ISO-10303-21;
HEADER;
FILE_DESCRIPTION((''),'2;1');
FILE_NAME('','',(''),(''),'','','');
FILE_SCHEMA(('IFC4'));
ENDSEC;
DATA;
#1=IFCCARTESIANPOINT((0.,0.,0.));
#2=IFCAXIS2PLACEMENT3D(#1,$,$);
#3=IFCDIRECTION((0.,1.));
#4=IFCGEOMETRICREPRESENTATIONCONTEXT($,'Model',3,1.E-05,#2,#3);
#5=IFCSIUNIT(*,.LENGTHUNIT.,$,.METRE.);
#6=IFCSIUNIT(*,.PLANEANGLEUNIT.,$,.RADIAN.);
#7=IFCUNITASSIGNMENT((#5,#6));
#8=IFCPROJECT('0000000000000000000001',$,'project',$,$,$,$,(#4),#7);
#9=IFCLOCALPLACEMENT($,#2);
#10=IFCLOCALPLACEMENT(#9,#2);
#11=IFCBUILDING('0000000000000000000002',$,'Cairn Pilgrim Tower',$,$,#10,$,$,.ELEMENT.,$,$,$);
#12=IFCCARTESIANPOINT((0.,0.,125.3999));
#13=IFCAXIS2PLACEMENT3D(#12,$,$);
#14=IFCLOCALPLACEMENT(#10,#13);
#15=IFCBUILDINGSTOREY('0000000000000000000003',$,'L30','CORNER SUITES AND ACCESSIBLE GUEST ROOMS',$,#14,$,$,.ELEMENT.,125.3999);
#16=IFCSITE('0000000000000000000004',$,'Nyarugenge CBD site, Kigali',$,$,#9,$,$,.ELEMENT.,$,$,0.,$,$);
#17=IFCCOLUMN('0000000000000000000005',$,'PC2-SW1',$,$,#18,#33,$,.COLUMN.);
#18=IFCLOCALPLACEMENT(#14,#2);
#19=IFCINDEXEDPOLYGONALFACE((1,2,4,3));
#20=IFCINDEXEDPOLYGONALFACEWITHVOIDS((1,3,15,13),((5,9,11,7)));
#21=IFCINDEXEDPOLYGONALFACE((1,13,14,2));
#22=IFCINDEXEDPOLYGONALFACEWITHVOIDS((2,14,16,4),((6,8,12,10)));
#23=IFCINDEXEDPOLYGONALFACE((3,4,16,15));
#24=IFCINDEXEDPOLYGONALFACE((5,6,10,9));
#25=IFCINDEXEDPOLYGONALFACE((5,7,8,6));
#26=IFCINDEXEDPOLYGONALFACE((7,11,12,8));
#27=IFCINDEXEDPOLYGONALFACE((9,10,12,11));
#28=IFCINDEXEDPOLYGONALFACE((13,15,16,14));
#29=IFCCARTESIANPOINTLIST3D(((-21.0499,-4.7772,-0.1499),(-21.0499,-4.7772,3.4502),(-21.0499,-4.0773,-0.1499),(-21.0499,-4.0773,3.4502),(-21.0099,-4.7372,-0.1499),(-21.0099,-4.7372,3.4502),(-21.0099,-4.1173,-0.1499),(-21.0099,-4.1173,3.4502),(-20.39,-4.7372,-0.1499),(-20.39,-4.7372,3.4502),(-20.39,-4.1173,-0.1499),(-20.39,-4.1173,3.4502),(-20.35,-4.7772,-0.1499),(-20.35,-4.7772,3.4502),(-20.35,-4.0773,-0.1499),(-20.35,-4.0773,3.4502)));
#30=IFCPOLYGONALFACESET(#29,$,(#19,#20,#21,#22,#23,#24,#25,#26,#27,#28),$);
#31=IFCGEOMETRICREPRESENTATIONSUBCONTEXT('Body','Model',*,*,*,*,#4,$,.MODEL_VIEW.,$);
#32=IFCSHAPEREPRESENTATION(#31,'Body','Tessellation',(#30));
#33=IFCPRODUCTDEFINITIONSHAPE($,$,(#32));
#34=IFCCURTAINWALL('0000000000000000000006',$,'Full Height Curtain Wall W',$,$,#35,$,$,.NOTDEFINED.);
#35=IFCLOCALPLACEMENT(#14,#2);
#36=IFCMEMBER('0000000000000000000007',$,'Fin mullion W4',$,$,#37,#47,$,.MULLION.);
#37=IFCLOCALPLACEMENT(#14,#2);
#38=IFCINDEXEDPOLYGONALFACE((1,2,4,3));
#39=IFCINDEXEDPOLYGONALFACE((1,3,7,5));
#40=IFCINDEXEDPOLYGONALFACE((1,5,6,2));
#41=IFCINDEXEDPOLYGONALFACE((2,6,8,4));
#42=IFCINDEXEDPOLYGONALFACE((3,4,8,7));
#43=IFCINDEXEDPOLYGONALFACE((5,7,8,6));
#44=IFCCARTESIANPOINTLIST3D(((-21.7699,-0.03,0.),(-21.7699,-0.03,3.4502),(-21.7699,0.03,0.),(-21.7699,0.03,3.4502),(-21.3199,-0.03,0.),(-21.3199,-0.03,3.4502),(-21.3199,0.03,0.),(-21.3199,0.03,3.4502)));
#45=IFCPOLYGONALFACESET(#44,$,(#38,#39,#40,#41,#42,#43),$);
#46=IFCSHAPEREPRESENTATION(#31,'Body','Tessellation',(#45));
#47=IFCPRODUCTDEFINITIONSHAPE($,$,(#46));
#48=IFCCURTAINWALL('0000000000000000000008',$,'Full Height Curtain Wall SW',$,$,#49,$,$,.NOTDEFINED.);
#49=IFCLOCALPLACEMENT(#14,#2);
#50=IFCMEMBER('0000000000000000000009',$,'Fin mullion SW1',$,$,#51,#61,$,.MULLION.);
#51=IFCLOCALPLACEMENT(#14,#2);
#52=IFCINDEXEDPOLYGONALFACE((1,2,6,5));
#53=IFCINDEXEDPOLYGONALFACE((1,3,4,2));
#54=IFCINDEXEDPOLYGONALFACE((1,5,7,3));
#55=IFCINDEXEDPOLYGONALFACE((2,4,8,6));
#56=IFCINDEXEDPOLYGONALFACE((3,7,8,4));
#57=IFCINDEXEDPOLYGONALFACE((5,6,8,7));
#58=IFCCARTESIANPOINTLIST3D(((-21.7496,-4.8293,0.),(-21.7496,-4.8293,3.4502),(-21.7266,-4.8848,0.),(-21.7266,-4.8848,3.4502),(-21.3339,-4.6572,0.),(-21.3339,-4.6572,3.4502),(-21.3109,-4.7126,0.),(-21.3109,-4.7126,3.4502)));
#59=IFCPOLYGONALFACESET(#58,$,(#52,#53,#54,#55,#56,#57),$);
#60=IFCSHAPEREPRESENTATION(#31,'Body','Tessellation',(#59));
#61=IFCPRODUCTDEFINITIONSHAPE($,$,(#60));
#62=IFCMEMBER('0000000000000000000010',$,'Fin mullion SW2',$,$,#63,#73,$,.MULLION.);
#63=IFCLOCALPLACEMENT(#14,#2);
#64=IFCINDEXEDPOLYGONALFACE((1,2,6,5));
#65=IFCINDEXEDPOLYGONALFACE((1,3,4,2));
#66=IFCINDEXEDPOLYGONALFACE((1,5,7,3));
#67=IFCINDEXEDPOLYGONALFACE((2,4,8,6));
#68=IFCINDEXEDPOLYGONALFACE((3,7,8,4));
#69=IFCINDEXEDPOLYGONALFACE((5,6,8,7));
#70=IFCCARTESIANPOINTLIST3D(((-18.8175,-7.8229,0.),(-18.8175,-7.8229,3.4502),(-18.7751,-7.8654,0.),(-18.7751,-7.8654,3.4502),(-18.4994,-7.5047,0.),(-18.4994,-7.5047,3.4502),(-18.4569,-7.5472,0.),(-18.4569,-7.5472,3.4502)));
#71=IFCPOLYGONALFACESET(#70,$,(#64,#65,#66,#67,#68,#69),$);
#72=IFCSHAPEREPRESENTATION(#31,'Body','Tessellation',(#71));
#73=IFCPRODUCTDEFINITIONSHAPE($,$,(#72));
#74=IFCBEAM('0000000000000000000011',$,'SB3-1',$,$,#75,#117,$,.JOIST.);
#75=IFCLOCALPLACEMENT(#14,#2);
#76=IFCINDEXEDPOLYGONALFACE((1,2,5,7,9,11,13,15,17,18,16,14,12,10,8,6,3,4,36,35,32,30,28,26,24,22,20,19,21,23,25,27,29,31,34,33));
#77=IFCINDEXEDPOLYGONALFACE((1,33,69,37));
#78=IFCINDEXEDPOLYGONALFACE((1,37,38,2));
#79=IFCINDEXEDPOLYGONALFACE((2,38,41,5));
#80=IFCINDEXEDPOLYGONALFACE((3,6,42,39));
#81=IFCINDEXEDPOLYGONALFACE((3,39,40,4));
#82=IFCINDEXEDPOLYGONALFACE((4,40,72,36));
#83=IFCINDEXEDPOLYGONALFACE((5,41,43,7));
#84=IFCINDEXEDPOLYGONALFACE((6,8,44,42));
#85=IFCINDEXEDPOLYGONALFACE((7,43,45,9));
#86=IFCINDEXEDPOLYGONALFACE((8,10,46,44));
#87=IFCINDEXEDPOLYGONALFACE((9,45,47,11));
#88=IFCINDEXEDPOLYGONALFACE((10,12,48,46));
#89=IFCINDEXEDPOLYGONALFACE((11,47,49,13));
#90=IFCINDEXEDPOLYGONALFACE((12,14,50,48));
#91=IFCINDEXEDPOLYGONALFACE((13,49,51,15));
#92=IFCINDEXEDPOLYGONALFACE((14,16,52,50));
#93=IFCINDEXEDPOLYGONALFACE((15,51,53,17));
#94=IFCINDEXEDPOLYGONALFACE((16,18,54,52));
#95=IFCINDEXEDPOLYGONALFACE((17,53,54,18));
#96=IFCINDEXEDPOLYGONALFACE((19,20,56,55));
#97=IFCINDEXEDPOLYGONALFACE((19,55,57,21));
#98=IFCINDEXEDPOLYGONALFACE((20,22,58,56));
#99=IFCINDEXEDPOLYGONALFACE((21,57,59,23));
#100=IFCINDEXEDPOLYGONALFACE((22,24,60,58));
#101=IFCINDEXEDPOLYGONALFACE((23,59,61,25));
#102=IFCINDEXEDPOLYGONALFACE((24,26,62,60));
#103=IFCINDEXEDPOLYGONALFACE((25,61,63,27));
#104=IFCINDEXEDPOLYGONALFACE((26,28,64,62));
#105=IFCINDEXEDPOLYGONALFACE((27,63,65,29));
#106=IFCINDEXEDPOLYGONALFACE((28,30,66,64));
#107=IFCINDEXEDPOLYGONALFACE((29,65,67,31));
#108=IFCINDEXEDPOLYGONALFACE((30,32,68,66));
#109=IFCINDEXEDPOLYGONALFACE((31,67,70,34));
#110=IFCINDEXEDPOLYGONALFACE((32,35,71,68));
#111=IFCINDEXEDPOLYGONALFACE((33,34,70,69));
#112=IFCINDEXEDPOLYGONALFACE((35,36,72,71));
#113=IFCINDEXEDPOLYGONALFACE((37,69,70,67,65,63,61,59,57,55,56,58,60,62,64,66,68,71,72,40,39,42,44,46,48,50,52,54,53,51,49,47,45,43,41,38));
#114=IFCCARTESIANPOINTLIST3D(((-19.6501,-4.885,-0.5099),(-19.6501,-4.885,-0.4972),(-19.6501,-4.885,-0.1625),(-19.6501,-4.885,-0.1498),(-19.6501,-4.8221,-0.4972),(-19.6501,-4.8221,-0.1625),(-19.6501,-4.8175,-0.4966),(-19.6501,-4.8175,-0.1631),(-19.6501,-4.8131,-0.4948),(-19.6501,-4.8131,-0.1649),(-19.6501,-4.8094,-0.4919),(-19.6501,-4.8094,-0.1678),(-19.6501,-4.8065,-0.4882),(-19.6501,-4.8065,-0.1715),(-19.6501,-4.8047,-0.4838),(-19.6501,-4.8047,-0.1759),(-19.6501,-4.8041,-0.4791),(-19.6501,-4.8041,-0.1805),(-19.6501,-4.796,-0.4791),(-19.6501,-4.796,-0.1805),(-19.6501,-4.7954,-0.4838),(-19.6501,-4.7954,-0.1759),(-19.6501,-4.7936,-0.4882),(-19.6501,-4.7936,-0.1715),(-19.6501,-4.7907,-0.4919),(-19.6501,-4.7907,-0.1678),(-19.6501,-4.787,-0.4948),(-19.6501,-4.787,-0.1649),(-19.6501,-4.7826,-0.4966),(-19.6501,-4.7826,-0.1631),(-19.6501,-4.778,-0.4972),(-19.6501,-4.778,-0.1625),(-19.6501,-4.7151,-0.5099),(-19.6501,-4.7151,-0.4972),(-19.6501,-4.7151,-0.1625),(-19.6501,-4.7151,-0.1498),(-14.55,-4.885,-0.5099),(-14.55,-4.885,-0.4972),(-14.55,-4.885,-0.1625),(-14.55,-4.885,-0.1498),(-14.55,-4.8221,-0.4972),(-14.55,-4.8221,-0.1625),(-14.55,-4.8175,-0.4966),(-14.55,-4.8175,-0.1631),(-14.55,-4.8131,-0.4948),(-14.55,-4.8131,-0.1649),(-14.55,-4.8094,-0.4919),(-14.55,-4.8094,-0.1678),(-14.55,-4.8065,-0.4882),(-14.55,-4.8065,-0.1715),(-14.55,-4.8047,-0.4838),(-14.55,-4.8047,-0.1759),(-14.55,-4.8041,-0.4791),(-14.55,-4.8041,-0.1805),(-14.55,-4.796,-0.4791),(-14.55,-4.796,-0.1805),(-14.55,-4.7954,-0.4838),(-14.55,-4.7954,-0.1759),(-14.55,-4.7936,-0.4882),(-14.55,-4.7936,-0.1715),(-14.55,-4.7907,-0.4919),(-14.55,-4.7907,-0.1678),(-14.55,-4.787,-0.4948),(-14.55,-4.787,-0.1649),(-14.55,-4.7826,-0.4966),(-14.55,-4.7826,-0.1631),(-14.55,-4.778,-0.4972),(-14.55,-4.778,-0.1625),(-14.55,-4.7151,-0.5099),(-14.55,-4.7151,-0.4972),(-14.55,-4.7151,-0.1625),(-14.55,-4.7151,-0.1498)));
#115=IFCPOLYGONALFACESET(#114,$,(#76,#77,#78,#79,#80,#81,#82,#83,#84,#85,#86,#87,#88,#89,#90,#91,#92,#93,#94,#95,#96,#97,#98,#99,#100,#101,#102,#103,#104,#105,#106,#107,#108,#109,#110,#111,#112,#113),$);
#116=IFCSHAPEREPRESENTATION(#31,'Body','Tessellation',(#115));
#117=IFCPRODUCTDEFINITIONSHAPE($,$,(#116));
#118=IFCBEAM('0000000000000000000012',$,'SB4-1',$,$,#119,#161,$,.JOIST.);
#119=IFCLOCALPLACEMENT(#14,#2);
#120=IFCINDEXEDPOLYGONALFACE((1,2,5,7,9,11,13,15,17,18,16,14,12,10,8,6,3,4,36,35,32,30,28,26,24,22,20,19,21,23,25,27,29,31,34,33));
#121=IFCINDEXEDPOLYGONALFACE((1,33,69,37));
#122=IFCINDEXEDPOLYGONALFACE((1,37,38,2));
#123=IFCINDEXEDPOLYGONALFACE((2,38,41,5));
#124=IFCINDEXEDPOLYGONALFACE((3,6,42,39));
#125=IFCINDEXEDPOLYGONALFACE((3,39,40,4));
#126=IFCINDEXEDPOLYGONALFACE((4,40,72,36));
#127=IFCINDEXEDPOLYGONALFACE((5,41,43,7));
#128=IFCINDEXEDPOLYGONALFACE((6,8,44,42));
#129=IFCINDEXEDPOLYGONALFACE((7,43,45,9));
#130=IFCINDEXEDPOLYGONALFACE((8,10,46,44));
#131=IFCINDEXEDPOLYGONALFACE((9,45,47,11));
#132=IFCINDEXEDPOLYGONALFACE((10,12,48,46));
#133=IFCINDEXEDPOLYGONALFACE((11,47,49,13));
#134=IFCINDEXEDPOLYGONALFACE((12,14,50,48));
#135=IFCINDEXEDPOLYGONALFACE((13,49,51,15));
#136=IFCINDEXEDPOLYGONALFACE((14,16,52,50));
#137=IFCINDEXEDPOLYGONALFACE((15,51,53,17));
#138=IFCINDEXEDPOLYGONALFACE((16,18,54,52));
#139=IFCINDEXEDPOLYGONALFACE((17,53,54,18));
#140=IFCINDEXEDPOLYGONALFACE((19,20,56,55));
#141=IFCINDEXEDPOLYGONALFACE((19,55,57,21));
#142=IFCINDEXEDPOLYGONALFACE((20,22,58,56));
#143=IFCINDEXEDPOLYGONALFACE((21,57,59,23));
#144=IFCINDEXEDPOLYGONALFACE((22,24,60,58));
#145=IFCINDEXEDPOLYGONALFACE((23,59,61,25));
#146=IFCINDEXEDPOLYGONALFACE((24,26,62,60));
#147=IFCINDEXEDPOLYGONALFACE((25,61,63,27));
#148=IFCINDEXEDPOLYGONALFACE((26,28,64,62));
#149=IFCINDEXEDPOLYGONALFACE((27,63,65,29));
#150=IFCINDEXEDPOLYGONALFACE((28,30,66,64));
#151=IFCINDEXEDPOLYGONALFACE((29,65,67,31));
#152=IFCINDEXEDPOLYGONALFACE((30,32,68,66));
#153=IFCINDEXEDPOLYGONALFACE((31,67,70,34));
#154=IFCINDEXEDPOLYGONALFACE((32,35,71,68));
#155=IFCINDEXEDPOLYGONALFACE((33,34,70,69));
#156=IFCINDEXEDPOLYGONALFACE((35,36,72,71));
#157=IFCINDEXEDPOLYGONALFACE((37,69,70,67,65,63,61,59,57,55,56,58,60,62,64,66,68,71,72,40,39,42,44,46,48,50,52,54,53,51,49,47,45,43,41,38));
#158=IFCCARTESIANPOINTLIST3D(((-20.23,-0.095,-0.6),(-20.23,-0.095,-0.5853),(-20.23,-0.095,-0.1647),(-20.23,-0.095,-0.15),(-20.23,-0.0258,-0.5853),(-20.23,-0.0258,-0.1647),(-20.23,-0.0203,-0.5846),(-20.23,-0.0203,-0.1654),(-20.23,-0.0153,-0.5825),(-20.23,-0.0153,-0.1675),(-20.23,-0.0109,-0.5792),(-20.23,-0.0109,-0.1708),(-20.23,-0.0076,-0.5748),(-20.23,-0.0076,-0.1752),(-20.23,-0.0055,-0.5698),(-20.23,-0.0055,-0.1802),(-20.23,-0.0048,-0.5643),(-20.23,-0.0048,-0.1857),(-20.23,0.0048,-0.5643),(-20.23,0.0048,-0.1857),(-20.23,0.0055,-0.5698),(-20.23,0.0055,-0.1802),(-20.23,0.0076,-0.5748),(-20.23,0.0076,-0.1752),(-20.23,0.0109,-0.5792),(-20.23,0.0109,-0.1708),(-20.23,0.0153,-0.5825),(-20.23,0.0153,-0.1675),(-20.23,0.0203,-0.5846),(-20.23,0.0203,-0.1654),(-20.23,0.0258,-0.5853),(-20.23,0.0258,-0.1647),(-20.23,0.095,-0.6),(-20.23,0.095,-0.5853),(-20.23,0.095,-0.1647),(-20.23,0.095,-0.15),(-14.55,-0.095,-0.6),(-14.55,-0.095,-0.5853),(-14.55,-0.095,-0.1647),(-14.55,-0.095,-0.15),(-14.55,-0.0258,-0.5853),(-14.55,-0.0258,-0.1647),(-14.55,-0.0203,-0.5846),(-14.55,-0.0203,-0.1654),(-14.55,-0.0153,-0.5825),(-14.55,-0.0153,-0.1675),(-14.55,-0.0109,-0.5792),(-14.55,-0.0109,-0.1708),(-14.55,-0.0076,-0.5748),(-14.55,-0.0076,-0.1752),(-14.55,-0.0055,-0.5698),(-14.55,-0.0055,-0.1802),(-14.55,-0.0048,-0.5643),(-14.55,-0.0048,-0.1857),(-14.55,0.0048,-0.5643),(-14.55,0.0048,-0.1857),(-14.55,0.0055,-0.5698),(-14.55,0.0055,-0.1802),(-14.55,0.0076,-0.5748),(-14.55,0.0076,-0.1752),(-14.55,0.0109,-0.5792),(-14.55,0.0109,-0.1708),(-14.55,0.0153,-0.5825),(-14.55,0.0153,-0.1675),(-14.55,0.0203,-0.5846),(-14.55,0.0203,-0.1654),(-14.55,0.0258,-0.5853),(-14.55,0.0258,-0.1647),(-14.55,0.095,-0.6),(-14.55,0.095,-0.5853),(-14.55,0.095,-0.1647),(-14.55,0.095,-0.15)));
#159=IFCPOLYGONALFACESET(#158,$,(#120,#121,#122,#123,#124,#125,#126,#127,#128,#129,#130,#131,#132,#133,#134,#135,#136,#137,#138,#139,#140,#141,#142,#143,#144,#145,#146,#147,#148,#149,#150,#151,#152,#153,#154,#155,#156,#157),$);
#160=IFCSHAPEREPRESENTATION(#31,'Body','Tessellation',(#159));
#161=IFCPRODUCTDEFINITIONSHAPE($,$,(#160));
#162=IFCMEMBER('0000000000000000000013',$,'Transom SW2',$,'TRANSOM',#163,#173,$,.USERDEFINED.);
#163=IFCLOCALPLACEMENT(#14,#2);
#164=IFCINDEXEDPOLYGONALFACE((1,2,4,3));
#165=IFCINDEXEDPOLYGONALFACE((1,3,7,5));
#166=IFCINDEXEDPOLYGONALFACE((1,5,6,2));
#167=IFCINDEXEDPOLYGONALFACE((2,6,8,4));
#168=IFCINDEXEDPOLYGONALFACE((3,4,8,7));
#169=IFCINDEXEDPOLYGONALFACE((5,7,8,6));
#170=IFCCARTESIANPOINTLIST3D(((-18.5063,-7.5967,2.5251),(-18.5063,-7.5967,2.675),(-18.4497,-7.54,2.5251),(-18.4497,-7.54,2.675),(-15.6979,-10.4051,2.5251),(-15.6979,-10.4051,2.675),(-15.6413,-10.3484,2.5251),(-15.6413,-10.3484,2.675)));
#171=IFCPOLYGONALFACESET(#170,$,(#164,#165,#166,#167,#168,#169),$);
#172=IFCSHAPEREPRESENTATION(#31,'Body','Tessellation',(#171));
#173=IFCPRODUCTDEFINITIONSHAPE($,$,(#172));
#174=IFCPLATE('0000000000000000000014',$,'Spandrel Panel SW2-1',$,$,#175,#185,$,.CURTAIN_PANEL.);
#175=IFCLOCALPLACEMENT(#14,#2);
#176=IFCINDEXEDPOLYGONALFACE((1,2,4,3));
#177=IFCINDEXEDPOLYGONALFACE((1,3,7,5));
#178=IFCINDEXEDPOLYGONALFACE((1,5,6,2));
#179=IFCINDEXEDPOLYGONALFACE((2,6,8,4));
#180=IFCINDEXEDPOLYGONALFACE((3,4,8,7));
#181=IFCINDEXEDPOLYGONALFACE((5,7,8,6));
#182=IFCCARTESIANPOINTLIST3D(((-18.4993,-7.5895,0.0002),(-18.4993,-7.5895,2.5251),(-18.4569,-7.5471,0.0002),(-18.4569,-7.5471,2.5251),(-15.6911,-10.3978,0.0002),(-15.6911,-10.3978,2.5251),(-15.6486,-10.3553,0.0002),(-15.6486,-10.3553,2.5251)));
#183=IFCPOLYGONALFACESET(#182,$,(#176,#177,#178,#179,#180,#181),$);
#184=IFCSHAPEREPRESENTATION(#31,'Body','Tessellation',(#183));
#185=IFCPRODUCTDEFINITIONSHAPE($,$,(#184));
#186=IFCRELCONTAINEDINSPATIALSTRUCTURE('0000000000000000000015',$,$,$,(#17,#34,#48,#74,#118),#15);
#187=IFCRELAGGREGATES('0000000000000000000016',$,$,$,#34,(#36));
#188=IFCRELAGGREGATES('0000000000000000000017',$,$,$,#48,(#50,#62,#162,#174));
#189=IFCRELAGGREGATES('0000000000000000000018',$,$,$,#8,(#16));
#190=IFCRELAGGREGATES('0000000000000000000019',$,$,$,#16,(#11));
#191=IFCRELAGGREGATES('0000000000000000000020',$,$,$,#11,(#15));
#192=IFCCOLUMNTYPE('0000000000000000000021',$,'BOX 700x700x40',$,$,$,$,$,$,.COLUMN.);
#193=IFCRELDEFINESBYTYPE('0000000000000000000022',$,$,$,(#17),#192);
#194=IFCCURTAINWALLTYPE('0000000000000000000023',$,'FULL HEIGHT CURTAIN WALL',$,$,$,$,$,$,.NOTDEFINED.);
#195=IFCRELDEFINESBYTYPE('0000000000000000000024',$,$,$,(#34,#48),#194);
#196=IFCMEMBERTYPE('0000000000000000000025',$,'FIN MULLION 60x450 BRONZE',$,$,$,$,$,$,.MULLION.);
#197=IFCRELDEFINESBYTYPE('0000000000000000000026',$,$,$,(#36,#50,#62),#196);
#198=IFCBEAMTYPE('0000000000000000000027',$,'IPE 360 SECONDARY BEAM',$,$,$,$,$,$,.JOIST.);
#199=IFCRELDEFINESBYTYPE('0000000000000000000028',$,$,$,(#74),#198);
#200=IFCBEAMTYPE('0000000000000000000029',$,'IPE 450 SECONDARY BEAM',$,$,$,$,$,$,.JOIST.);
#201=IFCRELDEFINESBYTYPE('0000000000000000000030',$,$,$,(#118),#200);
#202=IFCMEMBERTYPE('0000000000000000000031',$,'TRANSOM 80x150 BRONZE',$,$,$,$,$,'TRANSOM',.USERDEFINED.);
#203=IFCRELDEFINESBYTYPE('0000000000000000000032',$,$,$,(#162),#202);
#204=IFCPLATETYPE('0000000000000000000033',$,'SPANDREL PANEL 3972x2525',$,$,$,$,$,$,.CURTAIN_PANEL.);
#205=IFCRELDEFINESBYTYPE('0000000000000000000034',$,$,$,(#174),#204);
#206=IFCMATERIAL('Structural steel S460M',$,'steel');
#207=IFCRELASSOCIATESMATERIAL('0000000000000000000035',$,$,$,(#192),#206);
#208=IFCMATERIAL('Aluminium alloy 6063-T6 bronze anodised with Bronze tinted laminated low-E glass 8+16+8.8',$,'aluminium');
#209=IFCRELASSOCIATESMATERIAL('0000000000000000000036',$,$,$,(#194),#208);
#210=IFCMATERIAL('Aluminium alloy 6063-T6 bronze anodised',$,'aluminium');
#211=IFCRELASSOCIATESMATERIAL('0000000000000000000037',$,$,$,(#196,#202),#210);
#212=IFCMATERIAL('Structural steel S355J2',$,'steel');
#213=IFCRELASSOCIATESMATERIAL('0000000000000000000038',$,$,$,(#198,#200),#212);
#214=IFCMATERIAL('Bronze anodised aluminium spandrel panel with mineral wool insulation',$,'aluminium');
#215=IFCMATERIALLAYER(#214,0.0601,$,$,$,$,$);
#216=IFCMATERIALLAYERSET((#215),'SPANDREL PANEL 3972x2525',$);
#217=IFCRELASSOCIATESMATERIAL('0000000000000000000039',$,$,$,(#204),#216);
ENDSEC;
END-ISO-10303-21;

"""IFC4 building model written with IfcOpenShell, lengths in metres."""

from ifc_helpers import new_model, si_unit, direction, frame, origin, origin_2d, place, context, subcontext, project, spatial, rectangle, hollow_rectangle, i_section, extrude, material, layer, layer_set, material_profile, profile_set, type_object, element, aggregate, save


model = new_model("IFC4")

# Units and contexts
model_context = context("Model", 3, precision=1e-05, world=origin(), true_north=direction((0.0, 1.0)))
body_context = subcontext(model_context, "Body", "Model", "MODEL_VIEW")
ifc_project = project(units=[si_unit("LENGTHUNIT", "METRE"), si_unit("PLANEANGLEUNIT", "RADIAN")], contexts=[model_context])

# Site, building, storey
site_placement = place(None, origin())
site = spatial("IfcSite", under=ifc_project, at=site_placement, Name="Nyarugenge CBD site, Kigali", CompositionType="ELEMENT", RefElevation=0.0)
building_placement = place(site_placement, origin())
building = spatial("IfcBuilding", under=site, at=building_placement, Name="Cairn Pilgrim Tower", CompositionType="ELEMENT")
storey_placement = place(building_placement, frame((0.0, 0.0, 125.3999)))
storey = spatial("IfcBuildingStorey", under=building, at=storey_placement, Name="L30", Description="CORNER SUITES AND ACCESSIBLE GUEST ROOMS", CompositionType="ELEMENT", Elevation=125.3999)

# Column
ifc_material_1 = material(Name="Structural steel S460M", Category="steel")
ifc_material_profile_1 = material_profile(ifc_material_1, hollow_rectangle(XDim=0.7, YDim=0.7, WallThickness=0.04, at=origin_2d()), Name="BOX 700x700x40")
ifc_profile_set_1 = profile_set([ifc_material_profile_1], Name="Structural steel S460M")
column_type = type_object("IfcColumnType", Name="BOX 700x700x40", PredefinedType="COLUMN", material=ifc_profile_set_1)
column_placement = place(storey_placement, frame((-20.7, -4.4272, -0.1499), z_axis=(0.0, 0.0, 1.0), x_axis=(1.0, 0.0, 0.0)))
element("IfcColumn", 1, at=column_placement, inside=storey, type_object=column_type, Name="PC2-SW1", PredefinedType="COLUMN", context=body_context, shape_type="SweptSolid", body=[
    extrude(hollow_rectangle(XDim=0.7, YDim=0.7, WallThickness=0.04, at=origin_2d()), origin(), (0.0, 0.0, 1.0), 3.6001),
])

# Curtain wall, member
ifc_material_2 = material(Name="Aluminium alloy 6063-T6 bronze anodised with Bronze tinted laminated low-E glass 8+16+8.8", Category="aluminium")
curtain_wall_type = type_object("IfcCurtainWallType", Name="FULL HEIGHT CURTAIN WALL", PredefinedType="NOTDEFINED", material=ifc_material_2)
curtain_wall_1_placement = place(storey_placement, origin())
curtain_wall_1 = element("IfcCurtainWall", 2, at=curtain_wall_1_placement, inside=storey, type_object=curtain_wall_type, Name="Full Height Curtain Wall W", PredefinedType="NOTDEFINED")
ifc_material_3 = material(Name="Aluminium alloy 6063-T6 bronze anodised", Category="aluminium")
ifc_material_profile_2 = material_profile(ifc_material_3, rectangle(XDim=0.45, YDim=0.0601, at=origin_2d()), Name="FIN MULLION 60x450 BRONZE")
ifc_profile_set_2 = profile_set([ifc_material_profile_2], Name="Aluminium alloy 6063-T6 bronze anodised")
member_type_1 = type_object("IfcMemberType", Name="FIN MULLION 60x450 BRONZE", PredefinedType="MULLION", material=ifc_profile_set_2)
member_1_placement = place(storey_placement, frame((-21.5449, 0.0, 0.0), z_axis=(0.0, 0.0, 1.0), x_axis=(-1.0, 0.0, 0.0)))
member_1 = element("IfcMember", 3, at=member_1_placement, type_object=member_type_1, Name="Fin mullion W4", PredefinedType="MULLION", context=body_context, shape_type="SweptSolid", body=[
    extrude(rectangle(XDim=0.45, YDim=0.0601, at=origin_2d()), origin(), (0.0, 0.0, 1.0), 3.4502),
])
aggregate(curtain_wall_1, [member_1])

# Curtain wall, members
curtain_wall_2_placement = place(storey_placement, origin())
curtain_wall_2 = element("IfcCurtainWall", 4, at=curtain_wall_2_placement, inside=storey, type_object=curtain_wall_type, Name="Full Height Curtain Wall SW", PredefinedType="NOTDEFINED")
member_2_placement = place(storey_placement, frame((-21.5303, -4.771, 0.0), z_axis=(0.0, 0.0, 1.0), x_axis=(-0.92388, -0.382683, 0.0)))
member_2 = element("IfcMember", 5, at=member_2_placement, type_object=member_type_1, Name="Fin mullion SW1", PredefinedType="MULLION", context=body_context, shape_type="SweptSolid", body=[
    extrude(rectangle(XDim=0.45, YDim=0.0601, at=origin_2d()), origin(), (0.0, 0.0, 1.0), 3.4502),
])
member_3_placement = place(storey_placement, frame((-18.6372, -7.6851, 0.0), z_axis=(0.0, 0.0, 1.0), x_axis=(-0.707107, -0.707107, 0.0)))
member_3 = element("IfcMember", 6, at=member_3_placement, type_object=member_type_1, Name="Fin mullion SW2", PredefinedType="MULLION", context=body_context, shape_type="SweptSolid", body=[
    extrude(rectangle(XDim=0.45, YDim=0.0601, at=origin_2d()), origin(), (0.0, 0.0, 1.0), 3.4502),
])

# Beams
ifc_material_4 = material(Name="Structural steel S355J2", Category="steel")
ifc_material_profile_3 = material_profile(ifc_material_4, i_section(OverallWidth=0.1699, OverallDepth=0.3601, WebThickness=0.0081, FlangeThickness=0.0127, FilletRadius=0.0181, at=origin_2d()), Name="IPE 360")
ifc_profile_set_3 = profile_set([ifc_material_profile_3], Name="Structural steel S355J2")
beam_type_1 = type_object("IfcBeamType", Name="IPE 360 SECONDARY BEAM", PredefinedType="JOIST", material=ifc_profile_set_3)
beam_1_placement = place(storey_placement, frame((-19.6501, -4.8, -0.3298), z_axis=(1.0, 0.0, 0.0), x_axis=(0.0, 1.0, 0.0)))
element("IfcBeam", 7, at=beam_1_placement, inside=storey, type_object=beam_type_1, Name="SB3-1", PredefinedType="JOIST", context=body_context, shape_type="SweptSolid", body=[
    extrude(i_section(OverallWidth=0.1699, OverallDepth=0.3601, WebThickness=0.0081, FlangeThickness=0.0127, FilletRadius=0.0181, at=origin_2d()), origin(), (0.0, 0.0, 1.0), 5.1001),
])
ifc_material_profile_4 = material_profile(ifc_material_4, i_section(OverallWidth=0.1899, OverallDepth=0.45, WebThickness=0.0095, FlangeThickness=0.0146, FilletRadius=0.021, at=origin_2d()), Name="IPE 450")
ifc_profile_set_4 = profile_set([ifc_material_profile_4], Name="Structural steel S355J2")
beam_type_2 = type_object("IfcBeamType", Name="IPE 450 SECONDARY BEAM", PredefinedType="JOIST", material=ifc_profile_set_4)
beam_2_placement = place(storey_placement, frame((-20.23, 0.0, -0.375), z_axis=(1.0, 0.0, 0.0), x_axis=(0.0, 1.0, 0.0)))
element("IfcBeam", 8, at=beam_2_placement, inside=storey, type_object=beam_type_2, Name="SB4-1", PredefinedType="JOIST", context=body_context, shape_type="SweptSolid", body=[
    extrude(i_section(OverallWidth=0.1899, OverallDepth=0.45, WebThickness=0.0095, FlangeThickness=0.0146, FilletRadius=0.021, at=origin_2d()), origin(), (0.0, 0.0, 1.0), 5.6799),
])

# Member
ifc_material_profile_5 = material_profile(ifc_material_3, rectangle(XDim=0.0801, YDim=0.1499, at=origin_2d()), Name="TRANSOM 80x150 BRONZE")
ifc_profile_set_5 = profile_set([ifc_material_profile_5], Name="Aluminium alloy 6063-T6 bronze anodised")
member_type_2 = type_object("IfcMemberType", Name="TRANSOM 80x150 BRONZE", ElementType="TRANSOM", PredefinedType="USERDEFINED", material=ifc_profile_set_5)
member_4_placement = place(storey_placement, frame((-18.478, -7.5684, 2.6001), z_axis=(0.707107, -0.707107, 0.0), x_axis=(0.707107, 0.707107, 0.0)))
member_4 = element("IfcMember", 9, at=member_4_placement, type_object=member_type_2, Name="Transom SW2", ObjectType="TRANSOM", PredefinedType="USERDEFINED", context=body_context, shape_type="SweptSolid", body=[
    extrude(rectangle(XDim=0.0801, YDim=0.1499, at=origin_2d()), origin(), (0.0, 0.0, 1.0), 3.9717),
])

# Plate
ifc_material_5 = material(Name="Bronze anodised aluminium spandrel panel with mineral wool insulation", Category="aluminium")
ifc_layer_1 = layer(ifc_material_5, 0.0601)
ifc_layer_set_1 = layer_set([ifc_layer_1], Name="SPANDREL PANEL 3972x2525")
plate_type_1 = type_object("IfcPlateType", Name="SPANDREL PANEL 3972x2525", PredefinedType="CURTAIN_PANEL", material=ifc_layer_set_1)
plate_1_placement = place(storey_placement, frame((-17.074, -8.9724, 0.0002), z_axis=(0.0, 0.0, 1.0), x_axis=(0.707107, -0.707107, 0.0)))
plate_1 = element("IfcPlate", 10, at=plate_1_placement, type_object=plate_type_1, Name="Spandrel Panel SW2-1", PredefinedType="CURTAIN_PANEL", context=body_context, shape_type="SweptSolid", body=[
    extrude(rectangle(XDim=3.9714, YDim=0.0601, at=origin_2d()), origin(), (0.0, 0.0, 1.0), 2.5249),
])
aggregate(curtain_wall_2, [member_2, member_3, member_4, plate_1])

save(model, "model.ifc")
